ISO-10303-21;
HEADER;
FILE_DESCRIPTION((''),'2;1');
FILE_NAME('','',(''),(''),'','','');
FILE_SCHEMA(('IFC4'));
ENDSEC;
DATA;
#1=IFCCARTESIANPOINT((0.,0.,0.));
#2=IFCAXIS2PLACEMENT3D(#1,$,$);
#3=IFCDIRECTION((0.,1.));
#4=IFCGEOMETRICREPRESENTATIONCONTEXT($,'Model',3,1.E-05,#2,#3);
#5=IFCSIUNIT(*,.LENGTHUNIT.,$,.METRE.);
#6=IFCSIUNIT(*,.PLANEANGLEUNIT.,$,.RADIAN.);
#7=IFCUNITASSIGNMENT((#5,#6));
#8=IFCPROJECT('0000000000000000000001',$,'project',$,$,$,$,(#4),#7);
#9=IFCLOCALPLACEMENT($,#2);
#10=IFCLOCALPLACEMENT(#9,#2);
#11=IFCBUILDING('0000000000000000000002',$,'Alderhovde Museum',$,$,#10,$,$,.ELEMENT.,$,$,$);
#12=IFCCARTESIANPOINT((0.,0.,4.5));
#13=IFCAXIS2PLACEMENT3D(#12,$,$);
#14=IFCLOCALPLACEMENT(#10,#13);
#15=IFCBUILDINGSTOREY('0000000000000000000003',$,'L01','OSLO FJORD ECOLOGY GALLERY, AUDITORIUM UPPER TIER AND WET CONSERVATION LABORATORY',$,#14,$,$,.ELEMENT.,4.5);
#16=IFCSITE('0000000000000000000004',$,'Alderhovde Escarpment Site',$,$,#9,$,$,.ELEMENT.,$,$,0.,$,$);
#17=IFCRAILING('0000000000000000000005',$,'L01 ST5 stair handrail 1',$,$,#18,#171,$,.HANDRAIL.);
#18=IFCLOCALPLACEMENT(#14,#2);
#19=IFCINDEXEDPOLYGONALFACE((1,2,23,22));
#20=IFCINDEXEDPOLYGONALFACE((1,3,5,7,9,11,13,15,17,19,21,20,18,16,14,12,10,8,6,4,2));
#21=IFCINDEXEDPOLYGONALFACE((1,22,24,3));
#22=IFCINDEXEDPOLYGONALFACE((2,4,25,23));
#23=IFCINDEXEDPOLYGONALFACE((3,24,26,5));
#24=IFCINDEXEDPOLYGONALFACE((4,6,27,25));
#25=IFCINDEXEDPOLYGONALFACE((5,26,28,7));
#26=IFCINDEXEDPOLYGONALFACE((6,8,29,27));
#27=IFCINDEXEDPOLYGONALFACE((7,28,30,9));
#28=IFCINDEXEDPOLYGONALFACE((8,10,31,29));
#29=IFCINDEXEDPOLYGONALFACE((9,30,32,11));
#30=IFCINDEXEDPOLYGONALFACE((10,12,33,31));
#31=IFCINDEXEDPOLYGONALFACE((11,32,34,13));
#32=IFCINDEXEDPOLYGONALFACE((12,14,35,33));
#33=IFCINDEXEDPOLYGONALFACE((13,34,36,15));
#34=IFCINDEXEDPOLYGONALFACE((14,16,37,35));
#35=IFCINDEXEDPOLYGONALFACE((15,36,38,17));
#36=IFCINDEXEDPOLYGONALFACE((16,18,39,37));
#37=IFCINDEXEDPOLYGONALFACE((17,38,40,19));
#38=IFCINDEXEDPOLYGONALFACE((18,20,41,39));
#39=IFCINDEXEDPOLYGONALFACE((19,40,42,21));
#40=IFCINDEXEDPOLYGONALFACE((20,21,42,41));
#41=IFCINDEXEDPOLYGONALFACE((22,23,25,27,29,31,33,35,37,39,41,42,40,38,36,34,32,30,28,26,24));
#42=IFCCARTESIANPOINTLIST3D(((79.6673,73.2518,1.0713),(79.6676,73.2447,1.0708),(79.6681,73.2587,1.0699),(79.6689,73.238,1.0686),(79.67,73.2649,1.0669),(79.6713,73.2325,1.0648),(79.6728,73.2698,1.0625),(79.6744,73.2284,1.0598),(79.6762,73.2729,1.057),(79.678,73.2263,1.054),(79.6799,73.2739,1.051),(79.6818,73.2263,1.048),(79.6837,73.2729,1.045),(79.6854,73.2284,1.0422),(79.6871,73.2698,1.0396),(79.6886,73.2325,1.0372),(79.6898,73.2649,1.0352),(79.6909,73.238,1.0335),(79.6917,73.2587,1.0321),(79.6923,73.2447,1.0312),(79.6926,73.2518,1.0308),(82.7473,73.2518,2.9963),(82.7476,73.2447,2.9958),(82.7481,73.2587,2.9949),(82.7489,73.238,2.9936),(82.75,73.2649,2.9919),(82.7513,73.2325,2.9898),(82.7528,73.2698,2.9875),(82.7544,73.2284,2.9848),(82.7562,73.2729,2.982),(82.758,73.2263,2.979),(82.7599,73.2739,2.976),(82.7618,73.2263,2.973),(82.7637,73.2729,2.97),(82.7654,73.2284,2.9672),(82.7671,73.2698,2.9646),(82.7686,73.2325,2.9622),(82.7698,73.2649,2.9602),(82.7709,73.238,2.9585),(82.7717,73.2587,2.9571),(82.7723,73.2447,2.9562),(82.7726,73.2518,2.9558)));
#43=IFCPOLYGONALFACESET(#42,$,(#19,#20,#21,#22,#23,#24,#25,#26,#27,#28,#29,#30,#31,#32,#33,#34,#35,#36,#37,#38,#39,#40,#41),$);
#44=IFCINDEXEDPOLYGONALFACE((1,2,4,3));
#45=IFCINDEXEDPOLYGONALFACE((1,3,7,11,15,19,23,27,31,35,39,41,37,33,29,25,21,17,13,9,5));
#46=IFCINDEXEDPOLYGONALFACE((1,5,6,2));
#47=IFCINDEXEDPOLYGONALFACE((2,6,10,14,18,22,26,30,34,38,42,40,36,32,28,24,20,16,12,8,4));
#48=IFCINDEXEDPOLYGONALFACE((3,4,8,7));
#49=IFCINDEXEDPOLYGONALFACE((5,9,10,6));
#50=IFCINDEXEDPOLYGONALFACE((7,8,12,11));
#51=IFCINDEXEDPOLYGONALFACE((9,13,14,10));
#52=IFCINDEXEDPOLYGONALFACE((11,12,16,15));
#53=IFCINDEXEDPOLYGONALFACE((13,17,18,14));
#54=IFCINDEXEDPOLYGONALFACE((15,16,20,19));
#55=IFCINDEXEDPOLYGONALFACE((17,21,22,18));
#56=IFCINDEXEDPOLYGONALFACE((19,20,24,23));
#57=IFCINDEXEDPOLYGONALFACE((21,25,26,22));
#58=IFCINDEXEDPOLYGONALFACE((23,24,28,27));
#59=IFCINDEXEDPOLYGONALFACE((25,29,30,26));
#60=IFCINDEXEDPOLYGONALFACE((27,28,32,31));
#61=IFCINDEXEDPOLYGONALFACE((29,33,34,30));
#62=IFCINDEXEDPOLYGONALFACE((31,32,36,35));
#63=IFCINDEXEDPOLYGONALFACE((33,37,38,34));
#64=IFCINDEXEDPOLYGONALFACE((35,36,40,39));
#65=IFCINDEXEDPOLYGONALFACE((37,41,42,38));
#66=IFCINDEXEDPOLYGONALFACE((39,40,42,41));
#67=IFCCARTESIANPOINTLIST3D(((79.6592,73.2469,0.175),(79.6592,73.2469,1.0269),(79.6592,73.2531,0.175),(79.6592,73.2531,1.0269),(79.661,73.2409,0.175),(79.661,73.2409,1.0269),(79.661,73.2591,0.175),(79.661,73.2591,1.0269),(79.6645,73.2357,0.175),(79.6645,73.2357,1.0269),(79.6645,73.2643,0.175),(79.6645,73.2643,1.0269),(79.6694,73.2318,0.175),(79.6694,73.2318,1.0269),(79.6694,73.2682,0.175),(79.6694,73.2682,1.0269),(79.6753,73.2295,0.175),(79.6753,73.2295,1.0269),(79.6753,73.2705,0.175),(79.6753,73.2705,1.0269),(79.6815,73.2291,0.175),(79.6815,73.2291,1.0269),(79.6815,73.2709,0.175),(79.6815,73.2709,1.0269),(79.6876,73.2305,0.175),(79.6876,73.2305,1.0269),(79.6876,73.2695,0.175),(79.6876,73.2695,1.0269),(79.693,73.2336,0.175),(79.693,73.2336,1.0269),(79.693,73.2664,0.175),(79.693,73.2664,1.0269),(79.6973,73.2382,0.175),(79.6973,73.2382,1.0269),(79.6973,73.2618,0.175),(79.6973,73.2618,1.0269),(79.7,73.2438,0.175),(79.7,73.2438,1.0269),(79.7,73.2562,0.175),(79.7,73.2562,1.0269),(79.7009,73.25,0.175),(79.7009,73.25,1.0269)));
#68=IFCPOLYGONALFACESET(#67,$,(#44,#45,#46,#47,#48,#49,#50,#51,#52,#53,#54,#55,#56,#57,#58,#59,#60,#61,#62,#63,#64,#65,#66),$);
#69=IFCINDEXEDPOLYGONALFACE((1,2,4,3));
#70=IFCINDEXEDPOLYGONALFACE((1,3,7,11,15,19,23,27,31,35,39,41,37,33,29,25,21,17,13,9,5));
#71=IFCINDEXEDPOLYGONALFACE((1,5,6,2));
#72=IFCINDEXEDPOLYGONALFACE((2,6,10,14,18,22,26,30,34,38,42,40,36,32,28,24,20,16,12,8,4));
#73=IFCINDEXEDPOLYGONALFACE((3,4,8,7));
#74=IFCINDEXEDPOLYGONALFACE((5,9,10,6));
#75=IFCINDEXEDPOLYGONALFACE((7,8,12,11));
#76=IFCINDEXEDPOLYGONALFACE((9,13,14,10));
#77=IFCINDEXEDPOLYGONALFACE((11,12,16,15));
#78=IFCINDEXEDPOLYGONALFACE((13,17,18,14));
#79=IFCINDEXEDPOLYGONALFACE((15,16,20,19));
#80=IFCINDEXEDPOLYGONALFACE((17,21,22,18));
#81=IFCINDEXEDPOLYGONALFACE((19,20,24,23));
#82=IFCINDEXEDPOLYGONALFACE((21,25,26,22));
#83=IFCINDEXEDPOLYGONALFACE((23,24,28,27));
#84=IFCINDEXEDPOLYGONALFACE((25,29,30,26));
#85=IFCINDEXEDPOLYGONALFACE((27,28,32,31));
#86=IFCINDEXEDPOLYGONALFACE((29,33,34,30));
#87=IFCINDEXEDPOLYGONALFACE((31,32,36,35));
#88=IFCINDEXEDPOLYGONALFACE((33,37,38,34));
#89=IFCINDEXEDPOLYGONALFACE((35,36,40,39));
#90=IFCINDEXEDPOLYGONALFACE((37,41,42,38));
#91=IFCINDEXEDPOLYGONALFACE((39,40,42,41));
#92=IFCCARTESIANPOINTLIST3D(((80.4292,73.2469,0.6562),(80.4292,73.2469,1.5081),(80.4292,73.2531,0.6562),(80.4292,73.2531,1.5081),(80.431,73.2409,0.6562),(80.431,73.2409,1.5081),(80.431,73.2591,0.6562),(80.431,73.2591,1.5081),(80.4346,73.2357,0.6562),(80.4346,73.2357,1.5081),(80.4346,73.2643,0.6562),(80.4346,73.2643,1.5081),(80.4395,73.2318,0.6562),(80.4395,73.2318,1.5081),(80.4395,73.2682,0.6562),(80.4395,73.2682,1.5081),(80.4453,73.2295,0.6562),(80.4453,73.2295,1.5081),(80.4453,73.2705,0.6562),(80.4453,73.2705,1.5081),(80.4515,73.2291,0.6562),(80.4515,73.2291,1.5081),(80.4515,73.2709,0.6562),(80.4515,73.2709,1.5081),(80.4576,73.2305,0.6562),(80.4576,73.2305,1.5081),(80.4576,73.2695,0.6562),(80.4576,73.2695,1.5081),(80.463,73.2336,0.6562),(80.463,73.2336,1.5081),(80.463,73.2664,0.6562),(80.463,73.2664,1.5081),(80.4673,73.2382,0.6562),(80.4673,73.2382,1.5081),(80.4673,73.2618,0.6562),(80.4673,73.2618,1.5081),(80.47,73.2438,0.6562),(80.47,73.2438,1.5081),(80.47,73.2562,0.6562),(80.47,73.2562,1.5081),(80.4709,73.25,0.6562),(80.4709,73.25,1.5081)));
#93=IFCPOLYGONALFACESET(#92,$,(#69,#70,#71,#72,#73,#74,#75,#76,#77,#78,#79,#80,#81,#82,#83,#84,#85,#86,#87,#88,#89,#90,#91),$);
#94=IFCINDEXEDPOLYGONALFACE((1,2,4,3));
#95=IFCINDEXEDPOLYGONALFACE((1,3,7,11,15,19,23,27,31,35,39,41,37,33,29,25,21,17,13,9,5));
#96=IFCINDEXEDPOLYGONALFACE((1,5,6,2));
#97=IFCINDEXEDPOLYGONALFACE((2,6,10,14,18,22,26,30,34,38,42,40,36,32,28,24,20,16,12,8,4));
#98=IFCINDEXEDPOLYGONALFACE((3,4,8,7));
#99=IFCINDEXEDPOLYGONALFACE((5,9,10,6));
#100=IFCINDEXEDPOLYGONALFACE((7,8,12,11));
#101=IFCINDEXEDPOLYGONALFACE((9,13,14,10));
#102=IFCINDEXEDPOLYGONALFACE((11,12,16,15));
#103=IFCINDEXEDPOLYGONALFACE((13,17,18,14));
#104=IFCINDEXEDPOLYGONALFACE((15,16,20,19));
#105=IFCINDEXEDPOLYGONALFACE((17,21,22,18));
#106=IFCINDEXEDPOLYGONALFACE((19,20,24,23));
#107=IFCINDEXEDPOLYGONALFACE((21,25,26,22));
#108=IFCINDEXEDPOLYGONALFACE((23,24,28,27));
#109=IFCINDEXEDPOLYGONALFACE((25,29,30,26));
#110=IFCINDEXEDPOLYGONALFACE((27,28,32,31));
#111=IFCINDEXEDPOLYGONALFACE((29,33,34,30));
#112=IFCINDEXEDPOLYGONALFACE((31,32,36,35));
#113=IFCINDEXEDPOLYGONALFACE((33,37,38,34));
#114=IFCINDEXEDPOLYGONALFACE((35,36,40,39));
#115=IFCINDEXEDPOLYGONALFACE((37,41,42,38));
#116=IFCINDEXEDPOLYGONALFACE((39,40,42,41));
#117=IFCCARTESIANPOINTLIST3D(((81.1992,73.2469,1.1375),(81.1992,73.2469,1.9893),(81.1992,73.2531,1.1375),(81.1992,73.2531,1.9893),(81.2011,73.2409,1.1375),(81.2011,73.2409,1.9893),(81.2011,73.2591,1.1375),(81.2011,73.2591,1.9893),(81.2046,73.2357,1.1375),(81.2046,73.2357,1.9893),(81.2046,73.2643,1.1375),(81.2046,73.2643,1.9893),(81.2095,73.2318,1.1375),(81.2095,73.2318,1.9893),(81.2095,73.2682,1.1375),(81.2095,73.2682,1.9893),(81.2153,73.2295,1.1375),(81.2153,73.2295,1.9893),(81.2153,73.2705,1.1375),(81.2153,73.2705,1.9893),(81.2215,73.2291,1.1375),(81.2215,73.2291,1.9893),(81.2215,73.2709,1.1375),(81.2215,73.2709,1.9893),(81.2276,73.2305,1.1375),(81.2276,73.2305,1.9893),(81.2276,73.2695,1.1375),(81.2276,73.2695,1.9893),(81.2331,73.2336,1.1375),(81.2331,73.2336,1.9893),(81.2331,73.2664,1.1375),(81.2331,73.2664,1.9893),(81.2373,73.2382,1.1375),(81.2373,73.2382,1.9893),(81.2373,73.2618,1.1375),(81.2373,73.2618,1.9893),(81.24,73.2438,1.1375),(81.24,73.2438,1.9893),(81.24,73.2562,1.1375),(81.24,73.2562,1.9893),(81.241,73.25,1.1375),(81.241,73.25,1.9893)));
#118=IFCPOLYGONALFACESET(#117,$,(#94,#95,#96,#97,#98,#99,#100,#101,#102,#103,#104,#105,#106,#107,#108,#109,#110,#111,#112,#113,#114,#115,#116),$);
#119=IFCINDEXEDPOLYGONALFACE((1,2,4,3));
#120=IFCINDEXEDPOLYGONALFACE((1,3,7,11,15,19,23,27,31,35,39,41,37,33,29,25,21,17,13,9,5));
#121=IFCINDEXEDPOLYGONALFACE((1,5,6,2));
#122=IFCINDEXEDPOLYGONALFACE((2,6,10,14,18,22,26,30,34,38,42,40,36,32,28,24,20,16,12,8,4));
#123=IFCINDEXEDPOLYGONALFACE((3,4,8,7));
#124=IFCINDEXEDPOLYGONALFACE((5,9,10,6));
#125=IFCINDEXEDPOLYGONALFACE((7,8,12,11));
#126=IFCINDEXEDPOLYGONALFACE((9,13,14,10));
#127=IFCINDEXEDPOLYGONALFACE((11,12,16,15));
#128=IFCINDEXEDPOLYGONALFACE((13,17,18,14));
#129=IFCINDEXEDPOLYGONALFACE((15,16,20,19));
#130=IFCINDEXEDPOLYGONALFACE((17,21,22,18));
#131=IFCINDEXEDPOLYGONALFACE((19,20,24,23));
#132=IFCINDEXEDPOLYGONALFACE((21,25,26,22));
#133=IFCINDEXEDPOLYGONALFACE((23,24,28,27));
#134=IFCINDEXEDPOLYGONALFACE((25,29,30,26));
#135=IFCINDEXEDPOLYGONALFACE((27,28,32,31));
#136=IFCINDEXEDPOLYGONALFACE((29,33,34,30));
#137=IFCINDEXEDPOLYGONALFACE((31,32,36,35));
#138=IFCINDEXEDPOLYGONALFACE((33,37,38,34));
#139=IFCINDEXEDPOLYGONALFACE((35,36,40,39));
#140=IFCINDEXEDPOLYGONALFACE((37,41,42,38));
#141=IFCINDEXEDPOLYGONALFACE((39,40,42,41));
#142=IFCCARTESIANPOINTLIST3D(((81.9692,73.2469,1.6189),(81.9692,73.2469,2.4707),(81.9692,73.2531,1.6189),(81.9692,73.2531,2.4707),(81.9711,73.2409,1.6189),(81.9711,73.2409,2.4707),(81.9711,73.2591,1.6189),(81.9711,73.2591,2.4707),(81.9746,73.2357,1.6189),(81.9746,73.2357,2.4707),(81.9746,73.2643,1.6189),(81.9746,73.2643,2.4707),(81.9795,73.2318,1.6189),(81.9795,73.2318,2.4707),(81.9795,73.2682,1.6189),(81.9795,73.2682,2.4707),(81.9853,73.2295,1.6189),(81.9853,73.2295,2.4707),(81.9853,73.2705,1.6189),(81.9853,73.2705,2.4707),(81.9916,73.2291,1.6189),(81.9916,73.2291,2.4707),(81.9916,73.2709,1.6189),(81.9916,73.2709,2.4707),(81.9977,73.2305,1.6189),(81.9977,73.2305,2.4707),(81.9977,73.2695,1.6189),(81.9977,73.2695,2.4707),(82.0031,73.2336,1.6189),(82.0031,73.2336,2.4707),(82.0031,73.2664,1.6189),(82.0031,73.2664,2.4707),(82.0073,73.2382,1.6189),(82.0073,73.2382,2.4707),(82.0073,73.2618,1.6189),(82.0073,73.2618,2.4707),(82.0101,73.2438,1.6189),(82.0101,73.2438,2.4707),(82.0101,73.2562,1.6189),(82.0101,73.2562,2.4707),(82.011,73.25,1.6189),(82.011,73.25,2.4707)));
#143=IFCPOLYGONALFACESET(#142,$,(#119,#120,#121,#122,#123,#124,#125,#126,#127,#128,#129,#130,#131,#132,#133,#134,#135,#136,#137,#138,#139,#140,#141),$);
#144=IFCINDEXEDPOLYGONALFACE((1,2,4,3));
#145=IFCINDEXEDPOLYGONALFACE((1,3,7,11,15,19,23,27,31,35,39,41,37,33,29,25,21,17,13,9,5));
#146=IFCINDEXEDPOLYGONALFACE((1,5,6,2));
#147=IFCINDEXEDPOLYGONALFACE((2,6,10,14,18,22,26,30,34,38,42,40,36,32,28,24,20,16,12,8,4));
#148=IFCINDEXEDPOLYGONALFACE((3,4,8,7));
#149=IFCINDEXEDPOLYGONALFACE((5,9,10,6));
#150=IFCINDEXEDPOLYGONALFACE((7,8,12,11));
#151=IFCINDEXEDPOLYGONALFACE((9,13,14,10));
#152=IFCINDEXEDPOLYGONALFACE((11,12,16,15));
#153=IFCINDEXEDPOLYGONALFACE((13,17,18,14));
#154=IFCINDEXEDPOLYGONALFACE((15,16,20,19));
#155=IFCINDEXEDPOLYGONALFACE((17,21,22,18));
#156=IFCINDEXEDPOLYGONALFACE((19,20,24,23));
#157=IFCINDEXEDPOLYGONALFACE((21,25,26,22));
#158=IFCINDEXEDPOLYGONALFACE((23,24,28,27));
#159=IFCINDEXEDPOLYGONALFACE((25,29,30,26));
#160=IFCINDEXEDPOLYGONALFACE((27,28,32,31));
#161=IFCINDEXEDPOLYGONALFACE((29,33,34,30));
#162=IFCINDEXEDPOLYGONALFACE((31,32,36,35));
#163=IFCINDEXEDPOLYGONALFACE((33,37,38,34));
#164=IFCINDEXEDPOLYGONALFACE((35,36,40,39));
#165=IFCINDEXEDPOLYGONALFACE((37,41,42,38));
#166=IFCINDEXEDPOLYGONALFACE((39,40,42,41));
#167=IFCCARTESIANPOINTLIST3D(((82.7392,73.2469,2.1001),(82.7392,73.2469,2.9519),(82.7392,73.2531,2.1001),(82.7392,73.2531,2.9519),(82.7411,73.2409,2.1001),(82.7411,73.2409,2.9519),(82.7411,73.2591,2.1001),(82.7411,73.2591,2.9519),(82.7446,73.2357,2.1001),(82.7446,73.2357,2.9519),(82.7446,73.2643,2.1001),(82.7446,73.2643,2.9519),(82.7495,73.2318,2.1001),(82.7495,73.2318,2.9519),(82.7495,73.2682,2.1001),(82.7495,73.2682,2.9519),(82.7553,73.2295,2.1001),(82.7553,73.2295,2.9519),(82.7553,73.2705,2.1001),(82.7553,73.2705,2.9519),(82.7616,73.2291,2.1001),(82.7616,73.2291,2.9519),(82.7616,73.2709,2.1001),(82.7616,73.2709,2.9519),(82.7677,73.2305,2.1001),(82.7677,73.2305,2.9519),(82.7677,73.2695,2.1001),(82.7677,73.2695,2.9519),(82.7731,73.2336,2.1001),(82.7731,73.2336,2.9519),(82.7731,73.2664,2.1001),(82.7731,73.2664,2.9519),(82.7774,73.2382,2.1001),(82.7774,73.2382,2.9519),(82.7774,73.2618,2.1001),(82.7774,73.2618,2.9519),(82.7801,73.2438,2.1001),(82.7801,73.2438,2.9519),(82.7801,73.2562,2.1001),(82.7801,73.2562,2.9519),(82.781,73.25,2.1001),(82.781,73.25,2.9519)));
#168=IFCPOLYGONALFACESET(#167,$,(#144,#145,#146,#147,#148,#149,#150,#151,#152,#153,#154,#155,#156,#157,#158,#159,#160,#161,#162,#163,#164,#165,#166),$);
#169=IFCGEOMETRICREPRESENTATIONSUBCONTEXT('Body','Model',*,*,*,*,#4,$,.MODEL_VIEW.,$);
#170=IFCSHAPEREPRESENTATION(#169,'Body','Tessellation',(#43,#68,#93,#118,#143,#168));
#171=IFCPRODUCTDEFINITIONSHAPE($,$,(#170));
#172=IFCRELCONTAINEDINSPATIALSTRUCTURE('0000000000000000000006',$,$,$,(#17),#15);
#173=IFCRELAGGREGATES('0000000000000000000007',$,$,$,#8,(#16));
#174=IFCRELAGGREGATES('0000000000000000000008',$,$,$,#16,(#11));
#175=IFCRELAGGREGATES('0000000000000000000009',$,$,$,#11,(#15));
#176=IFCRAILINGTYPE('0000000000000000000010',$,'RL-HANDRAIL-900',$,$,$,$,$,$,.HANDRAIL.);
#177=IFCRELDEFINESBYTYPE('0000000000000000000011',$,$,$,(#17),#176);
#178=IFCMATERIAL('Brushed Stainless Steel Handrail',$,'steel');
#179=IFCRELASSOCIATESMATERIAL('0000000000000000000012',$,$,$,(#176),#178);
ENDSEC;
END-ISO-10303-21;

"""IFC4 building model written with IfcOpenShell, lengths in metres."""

from ifc_helpers import new_model, si_unit, direction, frame, origin, origin_2d, place, context, subcontext, project, spatial, circle, extrude, material, type_object, element, save


model = new_model("IFC4")

# Units and contexts
model_context = context("Model", 3, precision=1e-05, world=origin(), true_north=direction((0.0, 1.0)))
body_context = subcontext(model_context, "Body", "Model", "MODEL_VIEW")
ifc_project = project(units=[si_unit("LENGTHUNIT", "METRE"), si_unit("PLANEANGLEUNIT", "RADIAN")], contexts=[model_context])

# Site, building, storey
site_placement = place(None, origin())
site = spatial("IfcSite", under=ifc_project, at=site_placement, Name="Alderhovde Escarpment Site", CompositionType="ELEMENT", RefElevation=0.0)
building_placement = place(site_placement, origin())
building = spatial("IfcBuilding", under=site, at=building_placement, Name="Alderhovde Museum", CompositionType="ELEMENT")
storey_placement = place(building_placement, frame((0.0, 0.0, 4.5)))
storey = spatial("IfcBuildingStorey", under=building, at=storey_placement, Name="L01", Description="OSLO FJORD ECOLOGY GALLERY, AUDITORIUM UPPER TIER AND WET CONSERVATION LABORATORY", CompositionType="ELEMENT", Elevation=4.5)

# Railing
ifc_material_1 = material(Name="Brushed Stainless Steel Handrail", Category="steel")
railing_type_1 = type_object("IfcRailingType", Name="RL-HANDRAIL-900", PredefinedType="HANDRAIL", material=ifc_material_1)
railing_1_placement = place(storey_placement, frame((79.6799, 73.25, 0.175)))
element("IfcRailing", 1, at=railing_1_placement, inside=storey, type_object=railing_type_1, Name="L01 ST5 stair handrail 1", PredefinedType="HANDRAIL", context=body_context, shape_type="SweptSolid", body=[
    extrude(circle(Radius=0.0239, at=origin_2d()), frame((0.0, 0.0, 0.876), z_axis=(0.847998, 0.0, 0.529999), x_axis=(0.0, 1.0, 0.0)), (0.0, 0.0, 1.0), 3.6321),
    extrude(circle(Radius=0.021, at=origin_2d()), origin(), (0.0, 0.0, 1.0), 0.8518),
    extrude(circle(Radius=0.021, at=origin_2d()), frame((0.77, 0.0, 0.4812)), (0.0, 0.0, 1.0), 0.8518),
    extrude(circle(Radius=0.021, at=origin_2d()), frame((1.54, 0.0, 0.9624)), (0.0, 0.0, 1.0), 0.8518),
    extrude(circle(Radius=0.021, at=origin_2d()), frame((2.3101, 0.0, 1.4438)), (0.0, 0.0, 1.0), 0.8518),
    extrude(circle(Radius=0.021, at=origin_2d()), frame((3.0801, 0.0, 1.925)), (0.0, 0.0, 1.0), 0.8518),
])

save(model, "model.ifc")
